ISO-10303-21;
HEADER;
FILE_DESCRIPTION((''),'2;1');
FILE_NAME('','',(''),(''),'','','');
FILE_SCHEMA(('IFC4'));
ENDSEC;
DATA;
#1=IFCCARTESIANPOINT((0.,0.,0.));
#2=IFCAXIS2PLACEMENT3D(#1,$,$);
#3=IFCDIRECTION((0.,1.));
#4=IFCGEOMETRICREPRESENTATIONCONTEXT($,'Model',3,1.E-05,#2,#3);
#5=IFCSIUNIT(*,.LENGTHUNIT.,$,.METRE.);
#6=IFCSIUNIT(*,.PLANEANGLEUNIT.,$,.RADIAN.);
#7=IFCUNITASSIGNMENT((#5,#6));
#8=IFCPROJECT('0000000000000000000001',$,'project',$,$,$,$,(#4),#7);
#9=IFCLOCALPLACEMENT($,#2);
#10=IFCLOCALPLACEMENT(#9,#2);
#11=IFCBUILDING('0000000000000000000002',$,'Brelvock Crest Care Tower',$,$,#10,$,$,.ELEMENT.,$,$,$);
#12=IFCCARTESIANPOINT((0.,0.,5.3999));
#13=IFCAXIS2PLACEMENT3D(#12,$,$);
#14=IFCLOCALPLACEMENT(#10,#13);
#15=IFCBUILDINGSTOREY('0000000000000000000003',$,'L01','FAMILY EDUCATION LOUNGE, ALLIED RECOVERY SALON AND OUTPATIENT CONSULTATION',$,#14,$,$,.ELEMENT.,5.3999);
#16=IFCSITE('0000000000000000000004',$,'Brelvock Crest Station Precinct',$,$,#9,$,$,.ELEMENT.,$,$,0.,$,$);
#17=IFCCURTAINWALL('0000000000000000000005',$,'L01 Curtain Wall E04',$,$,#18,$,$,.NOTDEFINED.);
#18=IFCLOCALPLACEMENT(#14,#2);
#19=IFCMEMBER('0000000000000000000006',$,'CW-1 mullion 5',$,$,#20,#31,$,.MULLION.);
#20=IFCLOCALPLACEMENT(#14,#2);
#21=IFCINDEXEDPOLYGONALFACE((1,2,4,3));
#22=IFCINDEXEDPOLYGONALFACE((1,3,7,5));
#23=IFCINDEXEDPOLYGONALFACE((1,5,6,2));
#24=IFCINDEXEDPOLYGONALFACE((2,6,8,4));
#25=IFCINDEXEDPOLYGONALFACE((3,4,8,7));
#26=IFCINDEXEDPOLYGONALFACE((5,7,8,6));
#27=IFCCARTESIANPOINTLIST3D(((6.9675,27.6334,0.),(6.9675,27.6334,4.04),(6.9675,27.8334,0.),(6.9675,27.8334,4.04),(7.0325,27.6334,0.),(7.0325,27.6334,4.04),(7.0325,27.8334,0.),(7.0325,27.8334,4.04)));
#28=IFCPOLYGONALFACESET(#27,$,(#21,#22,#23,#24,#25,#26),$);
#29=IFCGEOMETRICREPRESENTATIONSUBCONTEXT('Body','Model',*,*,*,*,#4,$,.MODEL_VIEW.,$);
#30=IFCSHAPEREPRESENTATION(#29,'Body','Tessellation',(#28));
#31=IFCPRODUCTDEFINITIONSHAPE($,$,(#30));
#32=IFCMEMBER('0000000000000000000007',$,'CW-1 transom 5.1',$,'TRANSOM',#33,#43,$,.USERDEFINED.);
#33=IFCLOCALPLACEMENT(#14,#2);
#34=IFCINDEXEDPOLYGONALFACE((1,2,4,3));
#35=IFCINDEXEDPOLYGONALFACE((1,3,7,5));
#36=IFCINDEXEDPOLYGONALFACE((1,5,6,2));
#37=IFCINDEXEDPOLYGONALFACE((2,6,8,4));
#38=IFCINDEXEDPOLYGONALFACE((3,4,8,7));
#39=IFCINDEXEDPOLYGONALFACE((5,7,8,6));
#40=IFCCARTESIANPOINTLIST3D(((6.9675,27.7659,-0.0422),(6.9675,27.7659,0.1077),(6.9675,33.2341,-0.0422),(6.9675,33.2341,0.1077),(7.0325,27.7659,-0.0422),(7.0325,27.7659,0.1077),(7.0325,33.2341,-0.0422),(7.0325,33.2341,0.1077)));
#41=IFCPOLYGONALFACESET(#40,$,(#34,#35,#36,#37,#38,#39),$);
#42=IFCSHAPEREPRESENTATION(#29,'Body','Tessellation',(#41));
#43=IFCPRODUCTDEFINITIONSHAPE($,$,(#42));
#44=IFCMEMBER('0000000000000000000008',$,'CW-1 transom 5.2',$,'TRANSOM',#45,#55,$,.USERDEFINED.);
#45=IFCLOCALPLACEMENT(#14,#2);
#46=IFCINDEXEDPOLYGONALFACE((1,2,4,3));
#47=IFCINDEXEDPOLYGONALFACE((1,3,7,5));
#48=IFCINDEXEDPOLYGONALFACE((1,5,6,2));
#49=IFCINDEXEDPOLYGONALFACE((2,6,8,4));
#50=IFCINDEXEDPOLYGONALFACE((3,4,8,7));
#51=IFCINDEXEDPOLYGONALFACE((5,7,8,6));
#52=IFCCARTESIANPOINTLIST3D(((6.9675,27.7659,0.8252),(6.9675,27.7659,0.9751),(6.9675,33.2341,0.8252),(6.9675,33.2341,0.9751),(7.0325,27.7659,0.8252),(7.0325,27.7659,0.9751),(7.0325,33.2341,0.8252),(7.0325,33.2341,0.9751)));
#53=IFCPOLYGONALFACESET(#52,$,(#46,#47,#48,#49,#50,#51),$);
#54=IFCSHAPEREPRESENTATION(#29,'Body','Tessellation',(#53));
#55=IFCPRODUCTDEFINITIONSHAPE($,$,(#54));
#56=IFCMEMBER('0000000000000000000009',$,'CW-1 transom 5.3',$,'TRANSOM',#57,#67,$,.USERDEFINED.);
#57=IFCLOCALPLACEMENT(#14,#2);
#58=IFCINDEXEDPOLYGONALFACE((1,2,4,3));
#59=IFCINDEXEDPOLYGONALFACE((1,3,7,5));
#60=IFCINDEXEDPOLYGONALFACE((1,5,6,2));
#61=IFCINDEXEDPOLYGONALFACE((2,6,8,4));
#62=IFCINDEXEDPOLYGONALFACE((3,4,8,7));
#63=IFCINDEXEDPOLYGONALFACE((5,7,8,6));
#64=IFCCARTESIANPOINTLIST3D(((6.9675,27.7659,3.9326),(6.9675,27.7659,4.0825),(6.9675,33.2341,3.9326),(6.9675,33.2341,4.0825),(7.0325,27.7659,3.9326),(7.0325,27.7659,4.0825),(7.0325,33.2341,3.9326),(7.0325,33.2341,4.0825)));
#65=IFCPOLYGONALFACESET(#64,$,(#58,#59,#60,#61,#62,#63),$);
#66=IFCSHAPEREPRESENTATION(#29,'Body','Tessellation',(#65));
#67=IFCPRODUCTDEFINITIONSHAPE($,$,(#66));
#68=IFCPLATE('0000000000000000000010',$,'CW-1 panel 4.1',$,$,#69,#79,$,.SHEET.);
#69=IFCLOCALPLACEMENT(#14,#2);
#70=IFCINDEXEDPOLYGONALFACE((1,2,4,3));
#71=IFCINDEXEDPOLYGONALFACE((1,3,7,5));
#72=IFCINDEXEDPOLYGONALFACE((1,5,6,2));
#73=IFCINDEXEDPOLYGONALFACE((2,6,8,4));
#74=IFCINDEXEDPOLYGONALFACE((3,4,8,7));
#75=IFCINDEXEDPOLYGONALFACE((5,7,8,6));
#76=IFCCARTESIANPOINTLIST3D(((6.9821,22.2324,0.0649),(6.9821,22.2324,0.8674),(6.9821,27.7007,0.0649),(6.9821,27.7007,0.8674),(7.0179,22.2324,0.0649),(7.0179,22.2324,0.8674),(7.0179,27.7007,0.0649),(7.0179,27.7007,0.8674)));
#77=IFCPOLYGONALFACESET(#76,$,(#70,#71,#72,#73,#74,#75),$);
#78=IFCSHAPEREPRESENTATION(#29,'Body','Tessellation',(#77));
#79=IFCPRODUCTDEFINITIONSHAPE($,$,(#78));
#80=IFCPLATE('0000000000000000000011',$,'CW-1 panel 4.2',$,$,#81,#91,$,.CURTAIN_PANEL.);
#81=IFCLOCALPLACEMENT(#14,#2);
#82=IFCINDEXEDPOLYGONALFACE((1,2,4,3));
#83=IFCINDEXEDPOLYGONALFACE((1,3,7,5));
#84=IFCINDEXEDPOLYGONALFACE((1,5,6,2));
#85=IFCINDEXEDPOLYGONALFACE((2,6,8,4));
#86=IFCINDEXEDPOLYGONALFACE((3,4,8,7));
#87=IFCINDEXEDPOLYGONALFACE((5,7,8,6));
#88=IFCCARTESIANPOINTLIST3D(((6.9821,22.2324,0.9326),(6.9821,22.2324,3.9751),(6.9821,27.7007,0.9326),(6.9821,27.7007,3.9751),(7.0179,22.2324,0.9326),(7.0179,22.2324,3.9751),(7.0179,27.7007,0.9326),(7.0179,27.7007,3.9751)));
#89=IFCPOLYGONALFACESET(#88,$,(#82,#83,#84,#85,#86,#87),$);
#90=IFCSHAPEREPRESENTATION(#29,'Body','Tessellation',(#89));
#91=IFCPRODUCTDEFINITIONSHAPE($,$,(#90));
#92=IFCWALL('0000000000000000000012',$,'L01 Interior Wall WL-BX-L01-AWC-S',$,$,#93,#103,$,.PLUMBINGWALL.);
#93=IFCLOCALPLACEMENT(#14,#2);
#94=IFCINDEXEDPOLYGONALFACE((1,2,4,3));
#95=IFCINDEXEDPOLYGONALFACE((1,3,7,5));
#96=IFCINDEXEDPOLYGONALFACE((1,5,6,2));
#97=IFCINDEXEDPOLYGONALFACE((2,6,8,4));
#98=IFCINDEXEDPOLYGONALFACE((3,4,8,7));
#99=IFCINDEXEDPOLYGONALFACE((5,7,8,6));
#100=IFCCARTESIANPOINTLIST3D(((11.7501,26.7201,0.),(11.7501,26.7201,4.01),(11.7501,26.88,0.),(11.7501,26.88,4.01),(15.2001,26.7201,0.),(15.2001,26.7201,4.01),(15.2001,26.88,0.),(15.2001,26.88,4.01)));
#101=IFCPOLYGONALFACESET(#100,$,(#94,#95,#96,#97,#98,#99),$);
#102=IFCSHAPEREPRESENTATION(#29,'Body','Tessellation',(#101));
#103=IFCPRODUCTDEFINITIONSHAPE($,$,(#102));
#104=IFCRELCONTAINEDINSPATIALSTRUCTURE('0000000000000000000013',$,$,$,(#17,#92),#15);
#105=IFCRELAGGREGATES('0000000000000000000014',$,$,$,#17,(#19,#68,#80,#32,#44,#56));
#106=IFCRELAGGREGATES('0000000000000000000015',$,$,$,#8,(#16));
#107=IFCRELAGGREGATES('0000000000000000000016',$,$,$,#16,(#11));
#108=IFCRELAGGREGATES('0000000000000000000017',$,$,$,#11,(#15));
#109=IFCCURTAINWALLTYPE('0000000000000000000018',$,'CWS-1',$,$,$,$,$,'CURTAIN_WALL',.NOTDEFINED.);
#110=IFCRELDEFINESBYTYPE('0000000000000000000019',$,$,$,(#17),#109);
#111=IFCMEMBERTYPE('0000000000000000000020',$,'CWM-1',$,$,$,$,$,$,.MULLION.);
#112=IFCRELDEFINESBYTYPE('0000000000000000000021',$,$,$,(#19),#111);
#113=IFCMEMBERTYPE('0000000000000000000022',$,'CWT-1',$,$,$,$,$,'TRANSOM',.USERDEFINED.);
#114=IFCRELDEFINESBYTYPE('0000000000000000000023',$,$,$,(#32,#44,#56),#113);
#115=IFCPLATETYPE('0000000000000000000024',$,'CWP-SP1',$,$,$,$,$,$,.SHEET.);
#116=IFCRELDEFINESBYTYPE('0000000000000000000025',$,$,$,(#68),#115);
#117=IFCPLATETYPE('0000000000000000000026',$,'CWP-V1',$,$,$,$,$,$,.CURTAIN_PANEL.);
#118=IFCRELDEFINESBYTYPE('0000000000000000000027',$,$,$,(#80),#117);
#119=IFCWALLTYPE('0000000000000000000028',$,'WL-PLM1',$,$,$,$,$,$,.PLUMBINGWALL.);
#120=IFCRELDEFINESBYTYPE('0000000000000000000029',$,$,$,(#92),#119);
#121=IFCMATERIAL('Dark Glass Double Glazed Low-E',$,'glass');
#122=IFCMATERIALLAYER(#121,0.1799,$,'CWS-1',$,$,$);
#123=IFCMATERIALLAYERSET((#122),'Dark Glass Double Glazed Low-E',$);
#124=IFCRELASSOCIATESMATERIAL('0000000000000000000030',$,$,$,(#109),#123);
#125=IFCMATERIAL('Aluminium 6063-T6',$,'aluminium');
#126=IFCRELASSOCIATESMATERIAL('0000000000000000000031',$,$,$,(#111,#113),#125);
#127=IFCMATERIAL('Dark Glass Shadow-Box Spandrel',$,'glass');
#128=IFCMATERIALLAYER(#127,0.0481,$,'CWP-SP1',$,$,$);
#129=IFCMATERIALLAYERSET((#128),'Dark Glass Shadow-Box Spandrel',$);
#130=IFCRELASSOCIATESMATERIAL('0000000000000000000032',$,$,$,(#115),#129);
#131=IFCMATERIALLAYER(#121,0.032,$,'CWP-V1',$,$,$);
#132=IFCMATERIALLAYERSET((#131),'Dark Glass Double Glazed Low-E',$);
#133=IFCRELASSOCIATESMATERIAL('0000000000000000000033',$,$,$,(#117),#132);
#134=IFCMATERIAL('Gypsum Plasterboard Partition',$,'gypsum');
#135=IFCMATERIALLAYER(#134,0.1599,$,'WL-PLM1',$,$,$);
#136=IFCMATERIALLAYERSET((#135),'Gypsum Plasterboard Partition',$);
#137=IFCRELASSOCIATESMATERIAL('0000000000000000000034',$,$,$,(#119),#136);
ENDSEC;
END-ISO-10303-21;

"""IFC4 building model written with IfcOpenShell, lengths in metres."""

from ifc_helpers import new_model, si_unit, direction, frame, frame_2d, origin, origin_2d, place, context, subcontext, project, spatial, rectangle, extrude, source, transform, mapped, material, layer, layer_set, material_profile, profile_set, type_object, element, aggregate, save


model = new_model("IFC4")

# Units and contexts
model_context = context("Model", 3, precision=1e-05, world=origin(), true_north=direction((0.0, 1.0)))
body_context = subcontext(model_context, "Body", "Model", "MODEL_VIEW")
ifc_project = project(units=[si_unit("LENGTHUNIT", "METRE"), si_unit("PLANEANGLEUNIT", "RADIAN")], contexts=[model_context])

# Site, building, storey
site_placement = place(None, origin())
site = spatial("IfcSite", under=ifc_project, at=site_placement, Name="Brelvock Crest Station Precinct", CompositionType="ELEMENT", RefElevation=0.0)
building_placement = place(site_placement, origin())
building = spatial("IfcBuilding", under=site, at=building_placement, Name="Brelvock Crest Care Tower", CompositionType="ELEMENT")
storey_placement = place(building_placement, frame((0.0, 0.0, 5.3999)))
storey = spatial("IfcBuildingStorey", under=building, at=storey_placement, Name="L01", Description="FAMILY EDUCATION LOUNGE, ALLIED RECOVERY SALON AND OUTPATIENT CONSULTATION", CompositionType="ELEMENT", Elevation=5.3999)

# Curtain wall, members, plates
ifc_material_1 = material(Name="Dark Glass Double Glazed Low-E", Category="glass")
ifc_layer_1 = layer(ifc_material_1, 0.1799, Name="CWS-1")
ifc_layer_set_1 = layer_set([ifc_layer_1], Name="Dark Glass Double Glazed Low-E")
curtain_wall_type = type_object("IfcCurtainWallType", Name="CWS-1", ElementType="CURTAIN_WALL", PredefinedType="NOTDEFINED", material=ifc_layer_set_1)
curtain_wall_placement = place(storey_placement, origin())
curtain_wall = element("IfcCurtainWall", 1, at=curtain_wall_placement, inside=storey, type_object=curtain_wall_type, Name="L01 Curtain Wall E04", PredefinedType="NOTDEFINED")
ifc_material_2 = material(Name="Aluminium 6063-T6", Category="aluminium")
ifc_material_profile_1 = material_profile(ifc_material_2, rectangle(XDim=0.0649, YDim=0.2, at=origin_2d()), Name="ALU65x200")
ifc_profile_set_1 = profile_set([ifc_material_profile_1], Name="Aluminium 6063-T6")
member_type_1 = type_object("IfcMemberType", Name="CWM-1", PredefinedType="MULLION", material=ifc_profile_set_1)
shared_shape_1 = source(origin(), body_context, "Body", "SweptSolid", [
    extrude(rectangle(XDim=0.0649, YDim=0.2, at=origin_2d()), origin(), (0.0, 0.0, 1.0), 4.04),
])
member_1_placement = place(storey_placement, frame((7.0, 27.7334, 0.0), z_axis=(0.0, 0.0, 1.0), x_axis=(-1.0, 0.0, 0.0)))
member_1 = element("IfcMember", 2, at=member_1_placement, type_object=member_type_1, Name="CW-1 mullion 5", PredefinedType="MULLION", context=body_context, shape_type="MappedRepresentation", body=[
    mapped(shared_shape_1, transform((0.0, 0.0, 0.0), x_axis=(1.0, 0.0, 0.0), y_axis=(0.0, 1.0, 0.0), z_axis=(0.0, 0.0, 1.0), scale=1.0)),
])
ifc_material_profile_2 = material_profile(ifc_material_2, rectangle(XDim=0.0649, YDim=0.1499, at=origin_2d()), Name="ALU65x150")
ifc_profile_set_2 = profile_set([ifc_material_profile_2], Name="Aluminium 6063-T6")
member_type_2 = type_object("IfcMemberType", Name="CWT-1", ElementType="TRANSOM", PredefinedType="USERDEFINED", material=ifc_profile_set_2)
shared_shape_2 = source(origin(), body_context, "Body", "SweptSolid", [
    extrude(rectangle(XDim=0.0649, YDim=0.1499, at=origin_2d()), origin(), (0.0, 0.0, 1.0), 5.4683),
])
member_2_placement = place(storey_placement, frame((7.0, 27.7659, 0.0327), z_axis=(0.0, 1.0, 0.0), x_axis=(-1.0, 0.0, 0.0)))
member_2 = element("IfcMember", 3, at=member_2_placement, type_object=member_type_2, Name="CW-1 transom 5.1", ObjectType="TRANSOM", PredefinedType="USERDEFINED", context=body_context, shape_type="MappedRepresentation", body=[
    mapped(shared_shape_2, transform((0.0, 0.0, 0.0), x_axis=(1.0, 0.0, 0.0), y_axis=(0.0, 1.0, 0.0), z_axis=(0.0, 0.0, 1.0), scale=1.0)),
])
member_3_placement = place(storey_placement, frame((7.0, 27.7659, 0.9001), z_axis=(0.0, 1.0, 0.0), x_axis=(-1.0, 0.0, 0.0)))
member_3 = element("IfcMember", 4, at=member_3_placement, type_object=member_type_2, Name="CW-1 transom 5.2", ObjectType="TRANSOM", PredefinedType="USERDEFINED", context=body_context, shape_type="MappedRepresentation", body=[
    mapped(shared_shape_2, transform((0.0, 0.0, 0.0), x_axis=(1.0, 0.0, 0.0), y_axis=(0.0, 1.0, 0.0), z_axis=(0.0, 0.0, 1.0), scale=1.0)),
])
member_4_placement = place(storey_placement, frame((7.0, 27.7659, 4.0076), z_axis=(0.0, 1.0, 0.0), x_axis=(-1.0, 0.0, 0.0)))
member_4 = element("IfcMember", 5, at=member_4_placement, type_object=member_type_2, Name="CW-1 transom 5.3", ObjectType="TRANSOM", PredefinedType="USERDEFINED", context=body_context, shape_type="MappedRepresentation", body=[
    mapped(shared_shape_2, transform((0.0, 0.0, 0.0), x_axis=(1.0, 0.0, 0.0), y_axis=(0.0, 1.0, 0.0), z_axis=(0.0, 0.0, 1.0), scale=1.0)),
])
ifc_material_3 = material(Name="Dark Glass Shadow-Box Spandrel", Category="glass")
ifc_layer_2 = layer(ifc_material_3, 0.0481, Name="CWP-SP1")
ifc_layer_set_2 = layer_set([ifc_layer_2], Name="Dark Glass Shadow-Box Spandrel")
plate_type_1 = type_object("IfcPlateType", Name="CWP-SP1", PredefinedType="SHEET", material=ifc_layer_set_2)
shared_shape_3 = source(origin(), body_context, "Body", "SweptSolid", [
    extrude(rectangle(XDim=5.4683, YDim=0.0359, at=origin_2d()), origin(), (0.0, 0.0, 1.0), 0.8025),
])
plate_1_placement = place(storey_placement, frame((7.0, 24.9666, 0.0649), z_axis=(0.0, 0.0, 1.0), x_axis=(0.0, 1.0, 0.0)))
plate_1 = element("IfcPlate", 6, at=plate_1_placement, type_object=plate_type_1, Name="CW-1 panel 4.1", PredefinedType="SHEET", context=body_context, shape_type="MappedRepresentation", body=[
    mapped(shared_shape_3, transform((0.0, 0.0, 0.0), x_axis=(1.0, 0.0, 0.0), y_axis=(0.0, 1.0, 0.0), z_axis=(0.0, 0.0, 1.0), scale=1.0)),
])
ifc_layer_3 = layer(ifc_material_1, 0.032, Name="CWP-V1")
ifc_layer_set_3 = layer_set([ifc_layer_3], Name="Dark Glass Double Glazed Low-E")
plate_type_2 = type_object("IfcPlateType", Name="CWP-V1", PredefinedType="CURTAIN_PANEL", material=ifc_layer_set_3)
shared_shape_4 = source(origin(), body_context, "Body", "SweptSolid", [
    extrude(rectangle(XDim=5.4683, YDim=0.0359, at=origin_2d()), origin(), (0.0, 0.0, 1.0), 3.0425),
])
plate_2_placement = place(storey_placement, frame((7.0, 24.9666, 0.9326), z_axis=(0.0, 0.0, 1.0), x_axis=(0.0, 1.0, 0.0)))
plate_2 = element("IfcPlate", 7, at=plate_2_placement, type_object=plate_type_2, Name="CW-1 panel 4.2", PredefinedType="CURTAIN_PANEL", context=body_context, shape_type="MappedRepresentation", body=[
    mapped(shared_shape_4, transform((0.0, 0.0, 0.0), x_axis=(1.0, 0.0, 0.0), y_axis=(0.0, 1.0, 0.0), z_axis=(0.0, 0.0, 1.0), scale=1.0)),
])
aggregate(curtain_wall, [member_1, plate_1, plate_2, member_2, member_3, member_4])

# Wall
ifc_material_4 = material(Name="Gypsum Plasterboard Partition", Category="gypsum")
ifc_layer_4 = layer(ifc_material_4, 0.1599, Name="WL-PLM1")
ifc_layer_set_4 = layer_set([ifc_layer_4], Name="Gypsum Plasterboard Partition")
wall_type = type_object("IfcWallType", Name="WL-PLM1", PredefinedType="PLUMBINGWALL", material=ifc_layer_set_4)
wall_placement = place(storey_placement, frame((11.75, 26.8, 0.0), z_axis=(0.0, 0.0, 1.0), x_axis=(1.0, 0.0, 0.0)))
element("IfcWall", 8, at=wall_placement, inside=storey, type_object=wall_type, Name="L01 Interior Wall WL-BX-L01-AWC-S", PredefinedType="PLUMBINGWALL", context=body_context, shape_type="SweptSolid", body=[
    extrude(rectangle(XDim=3.45, YDim=0.1599, at=frame_2d((1.7251, 0.0))), origin(), (0.0, 0.0, 1.0), 4.01),
])

save(model, "model.ifc")
